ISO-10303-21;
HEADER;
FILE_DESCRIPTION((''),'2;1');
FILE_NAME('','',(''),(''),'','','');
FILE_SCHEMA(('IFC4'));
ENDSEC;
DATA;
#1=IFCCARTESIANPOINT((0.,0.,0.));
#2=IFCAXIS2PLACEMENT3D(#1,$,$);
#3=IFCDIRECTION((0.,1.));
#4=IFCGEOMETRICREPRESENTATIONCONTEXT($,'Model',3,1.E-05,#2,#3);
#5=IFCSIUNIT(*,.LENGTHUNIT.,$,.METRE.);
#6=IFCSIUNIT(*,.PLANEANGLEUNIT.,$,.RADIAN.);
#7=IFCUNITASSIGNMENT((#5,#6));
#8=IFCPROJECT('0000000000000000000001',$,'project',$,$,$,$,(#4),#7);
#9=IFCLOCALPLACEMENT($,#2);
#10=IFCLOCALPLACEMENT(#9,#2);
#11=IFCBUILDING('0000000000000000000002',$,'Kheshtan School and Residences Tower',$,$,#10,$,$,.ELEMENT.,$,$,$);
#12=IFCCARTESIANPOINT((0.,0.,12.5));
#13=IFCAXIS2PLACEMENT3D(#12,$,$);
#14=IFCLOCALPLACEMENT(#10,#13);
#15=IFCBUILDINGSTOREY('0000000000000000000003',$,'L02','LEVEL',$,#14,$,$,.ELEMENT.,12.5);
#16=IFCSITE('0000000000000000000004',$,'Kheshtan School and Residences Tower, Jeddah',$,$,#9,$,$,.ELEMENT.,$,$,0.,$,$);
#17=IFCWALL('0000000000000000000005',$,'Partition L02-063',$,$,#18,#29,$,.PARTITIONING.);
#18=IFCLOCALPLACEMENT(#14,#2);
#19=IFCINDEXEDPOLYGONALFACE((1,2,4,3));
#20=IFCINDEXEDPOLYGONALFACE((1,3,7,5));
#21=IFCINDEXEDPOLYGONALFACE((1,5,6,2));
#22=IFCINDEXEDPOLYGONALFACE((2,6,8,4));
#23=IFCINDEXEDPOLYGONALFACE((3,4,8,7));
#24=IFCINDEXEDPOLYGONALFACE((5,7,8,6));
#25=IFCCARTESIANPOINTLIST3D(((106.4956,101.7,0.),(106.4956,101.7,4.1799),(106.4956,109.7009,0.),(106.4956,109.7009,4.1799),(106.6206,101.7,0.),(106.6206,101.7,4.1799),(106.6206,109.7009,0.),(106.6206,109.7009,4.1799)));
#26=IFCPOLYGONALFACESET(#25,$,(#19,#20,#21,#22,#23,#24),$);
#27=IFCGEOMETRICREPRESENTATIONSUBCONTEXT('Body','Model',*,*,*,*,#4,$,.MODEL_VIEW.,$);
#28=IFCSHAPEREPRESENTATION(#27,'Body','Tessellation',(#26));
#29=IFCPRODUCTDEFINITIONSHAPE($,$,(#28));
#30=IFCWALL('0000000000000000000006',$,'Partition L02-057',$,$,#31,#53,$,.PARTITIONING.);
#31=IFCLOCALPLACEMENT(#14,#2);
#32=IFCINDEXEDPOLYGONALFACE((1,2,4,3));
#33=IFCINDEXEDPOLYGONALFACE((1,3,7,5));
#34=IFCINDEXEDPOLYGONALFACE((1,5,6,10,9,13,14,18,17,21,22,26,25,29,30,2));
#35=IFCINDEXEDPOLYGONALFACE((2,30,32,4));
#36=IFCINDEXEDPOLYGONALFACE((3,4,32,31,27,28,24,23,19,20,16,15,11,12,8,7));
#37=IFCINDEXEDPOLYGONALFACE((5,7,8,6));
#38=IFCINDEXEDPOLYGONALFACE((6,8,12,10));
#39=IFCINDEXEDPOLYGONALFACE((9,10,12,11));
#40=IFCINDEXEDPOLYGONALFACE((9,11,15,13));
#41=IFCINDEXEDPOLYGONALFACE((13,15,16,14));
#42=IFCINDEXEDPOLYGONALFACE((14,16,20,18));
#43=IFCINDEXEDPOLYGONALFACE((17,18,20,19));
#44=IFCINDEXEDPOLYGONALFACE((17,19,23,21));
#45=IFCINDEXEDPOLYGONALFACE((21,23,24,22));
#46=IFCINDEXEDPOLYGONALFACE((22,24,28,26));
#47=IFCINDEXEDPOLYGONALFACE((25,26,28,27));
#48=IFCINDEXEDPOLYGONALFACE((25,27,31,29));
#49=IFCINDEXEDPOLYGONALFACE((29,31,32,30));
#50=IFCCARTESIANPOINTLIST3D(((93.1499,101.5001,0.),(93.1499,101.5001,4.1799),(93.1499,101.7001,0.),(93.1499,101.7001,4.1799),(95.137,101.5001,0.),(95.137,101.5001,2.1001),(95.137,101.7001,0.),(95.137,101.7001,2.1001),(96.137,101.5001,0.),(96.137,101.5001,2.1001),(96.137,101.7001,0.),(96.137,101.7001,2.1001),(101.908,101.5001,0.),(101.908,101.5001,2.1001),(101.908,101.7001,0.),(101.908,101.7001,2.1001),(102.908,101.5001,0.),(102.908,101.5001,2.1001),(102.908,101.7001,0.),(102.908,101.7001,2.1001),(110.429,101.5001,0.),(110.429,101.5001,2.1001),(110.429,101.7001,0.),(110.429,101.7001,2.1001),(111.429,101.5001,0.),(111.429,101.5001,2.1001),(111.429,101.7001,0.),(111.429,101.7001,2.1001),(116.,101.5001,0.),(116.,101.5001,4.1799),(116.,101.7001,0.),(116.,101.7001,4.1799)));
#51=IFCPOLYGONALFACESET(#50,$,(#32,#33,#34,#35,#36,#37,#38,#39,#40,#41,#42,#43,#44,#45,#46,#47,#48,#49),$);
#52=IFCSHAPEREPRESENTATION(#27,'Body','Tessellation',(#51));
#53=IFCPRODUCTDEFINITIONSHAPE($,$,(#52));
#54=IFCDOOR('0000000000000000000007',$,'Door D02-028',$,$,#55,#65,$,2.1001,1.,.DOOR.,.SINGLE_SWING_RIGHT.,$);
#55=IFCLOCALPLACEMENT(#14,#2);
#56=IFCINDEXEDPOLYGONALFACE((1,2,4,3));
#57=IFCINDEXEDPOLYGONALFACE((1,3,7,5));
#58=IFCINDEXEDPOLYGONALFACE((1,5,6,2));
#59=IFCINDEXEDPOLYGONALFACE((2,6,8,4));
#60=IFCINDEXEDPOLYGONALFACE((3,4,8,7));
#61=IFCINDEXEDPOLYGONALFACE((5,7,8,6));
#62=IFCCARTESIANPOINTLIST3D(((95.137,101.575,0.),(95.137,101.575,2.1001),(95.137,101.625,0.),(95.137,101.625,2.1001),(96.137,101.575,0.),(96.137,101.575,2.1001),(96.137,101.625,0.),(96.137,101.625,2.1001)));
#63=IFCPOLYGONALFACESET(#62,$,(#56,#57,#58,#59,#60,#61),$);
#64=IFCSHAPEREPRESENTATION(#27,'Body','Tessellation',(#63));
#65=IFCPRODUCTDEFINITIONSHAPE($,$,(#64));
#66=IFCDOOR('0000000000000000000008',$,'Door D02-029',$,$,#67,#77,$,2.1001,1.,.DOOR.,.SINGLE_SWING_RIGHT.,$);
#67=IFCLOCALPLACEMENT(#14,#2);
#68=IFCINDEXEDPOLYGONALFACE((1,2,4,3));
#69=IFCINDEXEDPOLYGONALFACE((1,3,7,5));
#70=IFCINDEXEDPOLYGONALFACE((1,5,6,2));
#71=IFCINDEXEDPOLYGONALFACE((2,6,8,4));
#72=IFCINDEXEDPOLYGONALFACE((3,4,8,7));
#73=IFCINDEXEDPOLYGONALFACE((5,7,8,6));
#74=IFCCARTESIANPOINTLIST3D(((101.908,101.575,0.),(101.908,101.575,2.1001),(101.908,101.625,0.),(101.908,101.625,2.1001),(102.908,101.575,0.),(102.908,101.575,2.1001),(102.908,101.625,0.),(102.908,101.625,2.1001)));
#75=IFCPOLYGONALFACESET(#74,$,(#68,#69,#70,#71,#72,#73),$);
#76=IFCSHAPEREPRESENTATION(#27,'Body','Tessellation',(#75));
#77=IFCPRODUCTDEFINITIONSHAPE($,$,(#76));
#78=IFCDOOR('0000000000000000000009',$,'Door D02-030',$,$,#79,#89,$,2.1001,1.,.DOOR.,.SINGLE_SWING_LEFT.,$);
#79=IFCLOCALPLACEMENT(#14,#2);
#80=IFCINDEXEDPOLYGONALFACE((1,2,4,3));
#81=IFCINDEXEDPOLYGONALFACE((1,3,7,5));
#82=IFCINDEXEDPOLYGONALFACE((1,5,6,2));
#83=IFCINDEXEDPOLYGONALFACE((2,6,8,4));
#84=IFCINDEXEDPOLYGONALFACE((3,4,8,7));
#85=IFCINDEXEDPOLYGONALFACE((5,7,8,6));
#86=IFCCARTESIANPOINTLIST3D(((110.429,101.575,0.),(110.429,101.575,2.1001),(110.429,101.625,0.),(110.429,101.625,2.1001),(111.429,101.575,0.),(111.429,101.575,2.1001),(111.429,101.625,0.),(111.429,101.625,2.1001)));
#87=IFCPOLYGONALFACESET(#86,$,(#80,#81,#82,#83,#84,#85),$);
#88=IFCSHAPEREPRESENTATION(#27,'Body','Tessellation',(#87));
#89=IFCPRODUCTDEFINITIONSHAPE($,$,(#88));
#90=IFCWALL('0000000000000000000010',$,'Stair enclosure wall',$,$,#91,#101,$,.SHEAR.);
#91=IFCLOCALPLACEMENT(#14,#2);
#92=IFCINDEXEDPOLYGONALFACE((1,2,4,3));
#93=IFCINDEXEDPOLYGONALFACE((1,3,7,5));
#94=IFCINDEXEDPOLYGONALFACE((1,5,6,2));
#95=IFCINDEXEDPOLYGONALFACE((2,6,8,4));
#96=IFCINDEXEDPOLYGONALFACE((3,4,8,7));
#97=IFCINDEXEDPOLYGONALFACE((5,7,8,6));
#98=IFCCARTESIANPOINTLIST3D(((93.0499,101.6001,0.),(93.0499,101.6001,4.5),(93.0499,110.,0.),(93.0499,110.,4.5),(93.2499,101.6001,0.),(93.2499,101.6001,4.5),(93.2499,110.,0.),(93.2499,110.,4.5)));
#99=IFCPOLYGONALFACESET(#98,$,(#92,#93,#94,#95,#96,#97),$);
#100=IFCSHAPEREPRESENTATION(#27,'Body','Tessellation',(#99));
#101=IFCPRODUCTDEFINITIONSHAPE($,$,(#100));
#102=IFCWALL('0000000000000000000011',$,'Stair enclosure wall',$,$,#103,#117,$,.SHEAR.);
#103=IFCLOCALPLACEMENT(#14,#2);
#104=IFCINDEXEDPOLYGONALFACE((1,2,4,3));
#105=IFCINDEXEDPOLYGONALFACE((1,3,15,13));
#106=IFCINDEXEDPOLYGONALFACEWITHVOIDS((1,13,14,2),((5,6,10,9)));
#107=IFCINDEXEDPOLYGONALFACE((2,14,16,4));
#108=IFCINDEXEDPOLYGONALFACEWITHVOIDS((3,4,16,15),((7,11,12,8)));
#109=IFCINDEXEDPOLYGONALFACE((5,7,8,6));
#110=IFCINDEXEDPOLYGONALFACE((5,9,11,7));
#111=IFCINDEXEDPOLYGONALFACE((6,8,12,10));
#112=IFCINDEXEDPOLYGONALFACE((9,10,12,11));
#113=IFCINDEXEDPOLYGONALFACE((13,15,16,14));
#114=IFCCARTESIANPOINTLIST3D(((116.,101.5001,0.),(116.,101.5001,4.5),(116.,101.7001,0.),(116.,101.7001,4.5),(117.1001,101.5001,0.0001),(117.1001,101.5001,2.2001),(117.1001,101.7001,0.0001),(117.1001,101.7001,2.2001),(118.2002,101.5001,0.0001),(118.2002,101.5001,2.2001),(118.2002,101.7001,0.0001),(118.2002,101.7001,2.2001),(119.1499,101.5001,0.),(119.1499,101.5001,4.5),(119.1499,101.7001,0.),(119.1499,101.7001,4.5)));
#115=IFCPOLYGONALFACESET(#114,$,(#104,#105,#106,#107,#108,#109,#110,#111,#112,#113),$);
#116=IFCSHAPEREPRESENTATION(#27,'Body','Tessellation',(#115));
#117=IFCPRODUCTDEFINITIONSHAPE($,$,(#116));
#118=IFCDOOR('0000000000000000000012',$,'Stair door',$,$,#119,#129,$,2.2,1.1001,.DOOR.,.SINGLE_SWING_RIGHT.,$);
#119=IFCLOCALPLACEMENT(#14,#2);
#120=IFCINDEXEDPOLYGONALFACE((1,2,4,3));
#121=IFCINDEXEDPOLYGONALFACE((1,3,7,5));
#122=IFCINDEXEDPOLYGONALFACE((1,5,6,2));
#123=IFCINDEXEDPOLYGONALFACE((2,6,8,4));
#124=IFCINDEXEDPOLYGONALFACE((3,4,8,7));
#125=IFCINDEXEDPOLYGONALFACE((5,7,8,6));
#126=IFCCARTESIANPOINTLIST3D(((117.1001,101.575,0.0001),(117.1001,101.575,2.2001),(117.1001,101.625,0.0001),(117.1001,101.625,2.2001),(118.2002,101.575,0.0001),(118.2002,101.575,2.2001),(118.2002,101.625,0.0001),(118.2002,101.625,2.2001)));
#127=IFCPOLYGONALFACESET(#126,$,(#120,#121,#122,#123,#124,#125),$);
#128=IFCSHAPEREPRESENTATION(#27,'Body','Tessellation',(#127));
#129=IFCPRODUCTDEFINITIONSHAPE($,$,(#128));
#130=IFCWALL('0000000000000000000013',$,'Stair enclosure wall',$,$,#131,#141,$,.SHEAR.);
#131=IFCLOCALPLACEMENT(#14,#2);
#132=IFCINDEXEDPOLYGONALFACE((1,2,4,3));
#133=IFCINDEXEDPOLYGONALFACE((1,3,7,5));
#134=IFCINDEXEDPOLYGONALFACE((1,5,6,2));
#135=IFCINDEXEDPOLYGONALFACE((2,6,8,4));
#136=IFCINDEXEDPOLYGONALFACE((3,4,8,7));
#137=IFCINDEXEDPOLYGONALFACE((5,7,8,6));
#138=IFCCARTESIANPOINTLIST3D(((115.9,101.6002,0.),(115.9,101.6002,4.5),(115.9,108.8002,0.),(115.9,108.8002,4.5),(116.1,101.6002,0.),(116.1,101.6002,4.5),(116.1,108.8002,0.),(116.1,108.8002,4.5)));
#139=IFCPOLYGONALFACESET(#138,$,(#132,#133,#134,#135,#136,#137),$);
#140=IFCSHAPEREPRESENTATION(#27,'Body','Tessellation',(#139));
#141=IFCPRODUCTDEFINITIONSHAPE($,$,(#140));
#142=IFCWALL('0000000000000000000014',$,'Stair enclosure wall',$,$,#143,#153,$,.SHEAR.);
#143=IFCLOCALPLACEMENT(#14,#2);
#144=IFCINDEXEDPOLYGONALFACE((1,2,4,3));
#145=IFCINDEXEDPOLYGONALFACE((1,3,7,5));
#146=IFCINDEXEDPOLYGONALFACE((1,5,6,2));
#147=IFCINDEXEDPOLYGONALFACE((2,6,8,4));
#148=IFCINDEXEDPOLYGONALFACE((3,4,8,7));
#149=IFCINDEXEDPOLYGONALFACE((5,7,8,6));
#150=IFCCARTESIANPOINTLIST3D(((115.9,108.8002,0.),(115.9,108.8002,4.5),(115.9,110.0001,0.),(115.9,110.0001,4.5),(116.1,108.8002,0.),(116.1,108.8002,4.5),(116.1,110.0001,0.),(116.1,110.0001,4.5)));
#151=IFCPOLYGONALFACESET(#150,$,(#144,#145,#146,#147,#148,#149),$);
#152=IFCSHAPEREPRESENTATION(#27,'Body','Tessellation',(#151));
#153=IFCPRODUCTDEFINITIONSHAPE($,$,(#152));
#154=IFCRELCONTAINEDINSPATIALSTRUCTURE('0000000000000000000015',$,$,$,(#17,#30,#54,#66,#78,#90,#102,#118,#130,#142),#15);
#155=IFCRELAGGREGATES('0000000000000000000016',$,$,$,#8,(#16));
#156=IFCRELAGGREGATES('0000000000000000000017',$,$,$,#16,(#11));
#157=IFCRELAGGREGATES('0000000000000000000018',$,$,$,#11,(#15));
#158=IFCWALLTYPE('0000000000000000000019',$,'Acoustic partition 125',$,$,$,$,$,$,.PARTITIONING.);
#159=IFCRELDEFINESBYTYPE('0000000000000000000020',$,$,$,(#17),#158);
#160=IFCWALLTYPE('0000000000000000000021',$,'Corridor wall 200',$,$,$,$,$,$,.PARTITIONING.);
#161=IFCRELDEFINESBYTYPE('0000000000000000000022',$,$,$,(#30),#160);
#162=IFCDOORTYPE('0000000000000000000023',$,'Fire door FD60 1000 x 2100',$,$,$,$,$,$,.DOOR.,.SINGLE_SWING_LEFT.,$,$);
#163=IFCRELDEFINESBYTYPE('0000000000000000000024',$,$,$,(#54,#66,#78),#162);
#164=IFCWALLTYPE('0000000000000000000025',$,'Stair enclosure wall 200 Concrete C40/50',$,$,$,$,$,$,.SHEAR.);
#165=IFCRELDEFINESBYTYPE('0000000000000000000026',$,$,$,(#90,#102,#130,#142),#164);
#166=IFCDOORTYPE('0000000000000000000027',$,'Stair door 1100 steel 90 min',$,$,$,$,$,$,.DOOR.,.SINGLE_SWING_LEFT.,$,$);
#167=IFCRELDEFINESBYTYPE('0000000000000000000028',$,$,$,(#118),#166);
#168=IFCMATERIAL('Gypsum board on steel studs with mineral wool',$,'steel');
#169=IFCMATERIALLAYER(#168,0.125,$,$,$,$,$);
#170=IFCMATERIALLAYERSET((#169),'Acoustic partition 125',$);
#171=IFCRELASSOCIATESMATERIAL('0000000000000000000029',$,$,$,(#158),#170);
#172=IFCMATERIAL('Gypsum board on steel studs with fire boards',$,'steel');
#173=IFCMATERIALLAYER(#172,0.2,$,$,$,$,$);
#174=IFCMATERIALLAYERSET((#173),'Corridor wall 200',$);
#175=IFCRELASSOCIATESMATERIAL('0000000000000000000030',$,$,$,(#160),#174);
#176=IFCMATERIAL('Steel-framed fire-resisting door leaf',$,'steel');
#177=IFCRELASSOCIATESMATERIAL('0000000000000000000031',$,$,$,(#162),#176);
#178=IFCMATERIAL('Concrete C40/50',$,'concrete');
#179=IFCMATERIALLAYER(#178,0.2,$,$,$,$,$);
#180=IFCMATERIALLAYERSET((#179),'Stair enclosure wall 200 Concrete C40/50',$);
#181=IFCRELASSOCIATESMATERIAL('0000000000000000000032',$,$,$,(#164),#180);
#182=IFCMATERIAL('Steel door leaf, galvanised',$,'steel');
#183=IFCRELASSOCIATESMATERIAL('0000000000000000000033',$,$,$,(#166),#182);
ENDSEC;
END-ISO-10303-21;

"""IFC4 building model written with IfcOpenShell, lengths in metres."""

from ifc_helpers import new_model, si_unit, direction, frame, frame_2d, origin, place, context, subcontext, project, spatial, rectangle, extrude, source, transform, mapped, material, layer, layer_set, type_object, element, fill, save


model = new_model("IFC4")

# Units and contexts
model_context = context("Model", 3, precision=1e-05, world=origin(), true_north=direction((0.0, 1.0)))
body_context = subcontext(model_context, "Body", "Model", "MODEL_VIEW")
ifc_project = project(units=[si_unit("LENGTHUNIT", "METRE"), si_unit("PLANEANGLEUNIT", "RADIAN")], contexts=[model_context])

# Site, building, storey
site_placement = place(None, origin())
site = spatial("IfcSite", under=ifc_project, at=site_placement, Name="Kheshtan School and Residences Tower, Jeddah", CompositionType="ELEMENT", RefElevation=0.0)
building_placement = place(site_placement, origin())
building = spatial("IfcBuilding", under=site, at=building_placement, Name="Kheshtan School and Residences Tower", CompositionType="ELEMENT")
storey_placement = place(building_placement, frame((0.0, 0.0, 12.5)))
storey = spatial("IfcBuildingStorey", under=building, at=storey_placement, Name="L02", Description="LEVEL", CompositionType="ELEMENT", Elevation=12.5)

# Wall
ifc_material_1 = material(Name="Gypsum board on steel studs with mineral wool", Category="steel")
ifc_layer_1 = layer(ifc_material_1, 0.125)
ifc_layer_set_1 = layer_set([ifc_layer_1], Name="Acoustic partition 125")
wall_type_1 = type_object("IfcWallType", Name="Acoustic partition 125", PredefinedType="PARTITIONING", material=ifc_layer_set_1)
for number, where, z_axis, x_axis, name in (
    (1, (106.5581, 101.7, 0.0), (0.0, 0.0, 1.0), (0.0, 1.0, 0.0), "Partition L02-063"),
):
    element("IfcWall", number, at=place(storey_placement, frame(where, z_axis=z_axis, x_axis=x_axis)), inside=storey, type_object=wall_type_1, Name=name, PredefinedType="PARTITIONING", context=body_context, shape_type="SweptSolid", body=[
        extrude(rectangle(XDim=8.001, YDim=0.125, at=frame_2d((4.0005, 0.0))), origin(), (0.0, 0.0, 1.0), 4.1799),
    ])

# Wall, openings, doors
ifc_material_2 = material(Name="Gypsum board on steel studs with fire boards", Category="steel")
ifc_layer_2 = layer(ifc_material_2, 0.2)
ifc_layer_set_2 = layer_set([ifc_layer_2], Name="Corridor wall 200")
wall_type_2 = type_object("IfcWallType", Name="Corridor wall 200", PredefinedType="PARTITIONING", material=ifc_layer_set_2)
wall_1_placement = place(storey_placement, frame((93.1499, 101.6001, 0.0), z_axis=(0.0, 0.0, 1.0), x_axis=(1.0, 0.0, 0.0)))
wall_1 = element("IfcWall", 2, at=wall_1_placement, inside=storey, type_object=wall_type_2, Name="Partition L02-057", PredefinedType="PARTITIONING", context=body_context, shape_type="SweptSolid", body=[
    extrude(rectangle(XDim=22.8501, YDim=0.2, at=frame_2d((11.425, 0.0))), origin(), (0.0, 0.0, 1.0), 4.1799),
])
opening_1_placement = place(wall_1_placement, frame((1.9871, 0.0, 0.0)))
opening_1 = element("IfcOpeningElement", 3, at=opening_1_placement, cuts=wall_1, PredefinedType="OPENING", context=body_context, shape_type="SweptSolid", body=[
    extrude(rectangle(XDim=1.0, YDim=2.1001, at=frame_2d((0.5, 1.05))), frame((0.0, 0.1099, 0.0), z_axis=(0.0, -1.0, 0.0), x_axis=(1.0, 0.0, 0.0)), (0.0, 0.0, 1.0), 0.22),
])
opening_2_placement = place(wall_1_placement, frame((8.7581, 0.0, 0.0)))
opening_2 = element("IfcOpeningElement", 4, at=opening_2_placement, cuts=wall_1, PredefinedType="OPENING", context=body_context, shape_type="SweptSolid", body=[
    extrude(rectangle(XDim=1.0, YDim=2.1001, at=frame_2d((0.5, 1.05))), frame((0.0, 0.1099, 0.0), z_axis=(0.0, -1.0, 0.0), x_axis=(1.0, 0.0, 0.0)), (0.0, 0.0, 1.0), 0.22),
])
opening_3_placement = place(wall_1_placement, frame((17.2791, 0.0, 0.0)))
opening_3 = element("IfcOpeningElement", 5, at=opening_3_placement, cuts=wall_1, PredefinedType="OPENING", context=body_context, shape_type="SweptSolid", body=[
    extrude(rectangle(XDim=1.0, YDim=2.1001, at=frame_2d((0.5, 1.05))), frame((0.0, 0.1099, 0.0), z_axis=(0.0, -1.0, 0.0), x_axis=(1.0, 0.0, 0.0)), (0.0, 0.0, 1.0), 0.22),
])
ifc_material_3 = material(Name="Steel-framed fire-resisting door leaf", Category="steel")
door_type_1 = type_object("IfcDoorType", Name="Fire door FD60 1000 x 2100", OperationType="SINGLE_SWING_LEFT", PredefinedType="DOOR", material=ifc_material_3)
shared_shape_1 = source(origin(), body_context, "Body", "SweptSolid", [
    extrude(rectangle(XDim=1.0, YDim=2.1001, at=frame_2d((0.5, 1.05))), frame((0.0, 0.0249, 0.0), z_axis=(0.0, -1.0, 0.0), x_axis=(1.0, 0.0, 0.0)), (0.0, 0.0, 1.0), 0.05),
])
door_1_placement = place(opening_1_placement, origin())
door_1 = element("IfcDoor", 6, at=door_1_placement, inside=storey, type_object=door_type_1, Name="Door D02-028", OperationType="SINGLE_SWING_RIGHT", OverallHeight=2.1001, OverallWidth=1.0, PredefinedType="DOOR", context=body_context, shape_type="MappedRepresentation", body=[
    mapped(shared_shape_1, transform((0.0, 0.0, 0.0), x_axis=(1.0, 0.0, 0.0), y_axis=(0.0, 1.0, 0.0), z_axis=(0.0, 0.0, 1.0), scale=1.0)),
])
fill(opening_1, door_1)
door_2_placement = place(opening_2_placement, origin())
door_2 = element("IfcDoor", 7, at=door_2_placement, inside=storey, type_object=door_type_1, Name="Door D02-029", OperationType="SINGLE_SWING_RIGHT", OverallHeight=2.1001, OverallWidth=1.0, PredefinedType="DOOR", context=body_context, shape_type="MappedRepresentation", body=[
    mapped(shared_shape_1, transform((0.0, 0.0, 0.0), x_axis=(1.0, 0.0, 0.0), y_axis=(0.0, 1.0, 0.0), z_axis=(0.0, 0.0, 1.0), scale=1.0)),
])
fill(opening_2, door_2)
door_3_placement = place(opening_3_placement, origin())
door_3 = element("IfcDoor", 8, at=door_3_placement, inside=storey, type_object=door_type_1, Name="Door D02-030", OperationType="SINGLE_SWING_LEFT", OverallHeight=2.1001, OverallWidth=1.0, PredefinedType="DOOR", context=body_context, shape_type="MappedRepresentation", body=[
    mapped(shared_shape_1, transform((0.0, 0.0, 0.0), x_axis=(1.0, 0.0, 0.0), y_axis=(0.0, 1.0, 0.0), z_axis=(0.0, 0.0, 1.0), scale=1.0)),
])
fill(opening_3, door_3)

# Wall
ifc_material_4 = material(Name="Concrete C40/50", Category="concrete")
ifc_layer_3 = layer(ifc_material_4, 0.2)
ifc_layer_set_3 = layer_set([ifc_layer_3], Name="Stair enclosure wall 200 Concrete C40/50")
wall_type_3 = type_object("IfcWallType", Name="Stair enclosure wall 200 Concrete C40/50", PredefinedType="SHEAR", material=ifc_layer_set_3)
wall_2_placement = place(storey_placement, frame((93.1499, 101.6001, 0.0), z_axis=(0.0, 0.0, 1.0), x_axis=(0.0, 1.0, 0.0)))
element("IfcWall", 9, at=wall_2_placement, inside=storey, type_object=wall_type_3, Name="Stair enclosure wall", PredefinedType="SHEAR", context=body_context, shape_type="SweptSolid", body=[
    extrude(rectangle(XDim=8.3999, YDim=0.2, at=frame_2d((4.2, 0.0))), origin(), (0.0, 0.0, 1.0), 4.5),
])

# Wall, opening, door
wall_3_placement = place(storey_placement, frame((116.0, 101.6001, 0.0), z_axis=(0.0, 0.0, 1.0), x_axis=(1.0, 0.0, 0.0)))
wall_3 = element("IfcWall", 10, at=wall_3_placement, inside=storey, type_object=wall_type_3, Name="Stair enclosure wall", PredefinedType="SHEAR", context=body_context, shape_type="SweptSolid", body=[
    extrude(rectangle(XDim=3.1499, YDim=0.2, at=frame_2d((1.575, 0.0))), origin(), (0.0, 0.0, 1.0), 4.5),
])
opening_4_placement = place(wall_3_placement, frame((1.1001, 0.0, 0.0)))
opening_4 = element("IfcOpeningElement", 11, at=opening_4_placement, cuts=wall_3, PredefinedType="OPENING", context=body_context, shape_type="SweptSolid", body=[
    extrude(rectangle(XDim=1.1001, YDim=2.2, at=frame_2d((0.55, 1.1001))), frame((0.0, 0.1099, 0.0), z_axis=(0.0, -1.0, 0.0), x_axis=(1.0, 0.0, 0.0)), (0.0, 0.0, 1.0), 0.22),
])
ifc_material_5 = material(Name="Steel door leaf, galvanised", Category="steel")
door_type_2 = type_object("IfcDoorType", Name="Stair door 1100 steel 90 min", OperationType="SINGLE_SWING_LEFT", PredefinedType="DOOR", material=ifc_material_5)
shared_shape_2 = source(origin(), body_context, "Body", "SweptSolid", [
    extrude(rectangle(XDim=1.1001, YDim=2.2, at=frame_2d((0.55, 1.1001))), frame((0.0, 0.0249, 0.0), z_axis=(0.0, -1.0, 0.0), x_axis=(1.0, 0.0, 0.0)), (0.0, 0.0, 1.0), 0.05),
])
door_4_placement = place(opening_4_placement, origin())
door_4 = element("IfcDoor", 12, at=door_4_placement, inside=storey, type_object=door_type_2, Name="Stair door", OperationType="SINGLE_SWING_RIGHT", OverallHeight=2.2, OverallWidth=1.1001, PredefinedType="DOOR", context=body_context, shape_type="MappedRepresentation", body=[
    mapped(shared_shape_2, transform((0.0, 0.0, 0.0), x_axis=(1.0, 0.0, 0.0), y_axis=(0.0, 1.0, 0.0), z_axis=(0.0, 0.0, 1.0), scale=1.0)),
])
fill(opening_4, door_4)

# Walls
wall_4_placement = place(storey_placement, frame((116.0, 101.6001, 0.0), z_axis=(0.0, 0.0, 1.0), x_axis=(0.0, 1.0, 0.0)))
element("IfcWall", 13, at=wall_4_placement, inside=storey, type_object=wall_type_3, Name="Stair enclosure wall", PredefinedType="SHEAR", context=body_context, shape_type="SweptSolid", body=[
    extrude(rectangle(XDim=7.2, YDim=0.2, at=frame_2d((3.6001, 0.0))), origin(), (0.0, 0.0, 1.0), 4.5),
])
wall_5_placement = place(storey_placement, frame((116.0, 108.8, 0.0), z_axis=(0.0, 0.0, 1.0), x_axis=(0.0, 1.0, 0.0)))
element("IfcWall", 14, at=wall_5_placement, inside=storey, type_object=wall_type_3, Name="Stair enclosure wall", PredefinedType="SHEAR", context=body_context, shape_type="SweptSolid", body=[
    extrude(rectangle(XDim=1.2, YDim=0.2, at=frame_2d((0.6001, 0.0))), origin(), (0.0, 0.0, 1.0), 4.5),
])

save(model, "model.ifc")
